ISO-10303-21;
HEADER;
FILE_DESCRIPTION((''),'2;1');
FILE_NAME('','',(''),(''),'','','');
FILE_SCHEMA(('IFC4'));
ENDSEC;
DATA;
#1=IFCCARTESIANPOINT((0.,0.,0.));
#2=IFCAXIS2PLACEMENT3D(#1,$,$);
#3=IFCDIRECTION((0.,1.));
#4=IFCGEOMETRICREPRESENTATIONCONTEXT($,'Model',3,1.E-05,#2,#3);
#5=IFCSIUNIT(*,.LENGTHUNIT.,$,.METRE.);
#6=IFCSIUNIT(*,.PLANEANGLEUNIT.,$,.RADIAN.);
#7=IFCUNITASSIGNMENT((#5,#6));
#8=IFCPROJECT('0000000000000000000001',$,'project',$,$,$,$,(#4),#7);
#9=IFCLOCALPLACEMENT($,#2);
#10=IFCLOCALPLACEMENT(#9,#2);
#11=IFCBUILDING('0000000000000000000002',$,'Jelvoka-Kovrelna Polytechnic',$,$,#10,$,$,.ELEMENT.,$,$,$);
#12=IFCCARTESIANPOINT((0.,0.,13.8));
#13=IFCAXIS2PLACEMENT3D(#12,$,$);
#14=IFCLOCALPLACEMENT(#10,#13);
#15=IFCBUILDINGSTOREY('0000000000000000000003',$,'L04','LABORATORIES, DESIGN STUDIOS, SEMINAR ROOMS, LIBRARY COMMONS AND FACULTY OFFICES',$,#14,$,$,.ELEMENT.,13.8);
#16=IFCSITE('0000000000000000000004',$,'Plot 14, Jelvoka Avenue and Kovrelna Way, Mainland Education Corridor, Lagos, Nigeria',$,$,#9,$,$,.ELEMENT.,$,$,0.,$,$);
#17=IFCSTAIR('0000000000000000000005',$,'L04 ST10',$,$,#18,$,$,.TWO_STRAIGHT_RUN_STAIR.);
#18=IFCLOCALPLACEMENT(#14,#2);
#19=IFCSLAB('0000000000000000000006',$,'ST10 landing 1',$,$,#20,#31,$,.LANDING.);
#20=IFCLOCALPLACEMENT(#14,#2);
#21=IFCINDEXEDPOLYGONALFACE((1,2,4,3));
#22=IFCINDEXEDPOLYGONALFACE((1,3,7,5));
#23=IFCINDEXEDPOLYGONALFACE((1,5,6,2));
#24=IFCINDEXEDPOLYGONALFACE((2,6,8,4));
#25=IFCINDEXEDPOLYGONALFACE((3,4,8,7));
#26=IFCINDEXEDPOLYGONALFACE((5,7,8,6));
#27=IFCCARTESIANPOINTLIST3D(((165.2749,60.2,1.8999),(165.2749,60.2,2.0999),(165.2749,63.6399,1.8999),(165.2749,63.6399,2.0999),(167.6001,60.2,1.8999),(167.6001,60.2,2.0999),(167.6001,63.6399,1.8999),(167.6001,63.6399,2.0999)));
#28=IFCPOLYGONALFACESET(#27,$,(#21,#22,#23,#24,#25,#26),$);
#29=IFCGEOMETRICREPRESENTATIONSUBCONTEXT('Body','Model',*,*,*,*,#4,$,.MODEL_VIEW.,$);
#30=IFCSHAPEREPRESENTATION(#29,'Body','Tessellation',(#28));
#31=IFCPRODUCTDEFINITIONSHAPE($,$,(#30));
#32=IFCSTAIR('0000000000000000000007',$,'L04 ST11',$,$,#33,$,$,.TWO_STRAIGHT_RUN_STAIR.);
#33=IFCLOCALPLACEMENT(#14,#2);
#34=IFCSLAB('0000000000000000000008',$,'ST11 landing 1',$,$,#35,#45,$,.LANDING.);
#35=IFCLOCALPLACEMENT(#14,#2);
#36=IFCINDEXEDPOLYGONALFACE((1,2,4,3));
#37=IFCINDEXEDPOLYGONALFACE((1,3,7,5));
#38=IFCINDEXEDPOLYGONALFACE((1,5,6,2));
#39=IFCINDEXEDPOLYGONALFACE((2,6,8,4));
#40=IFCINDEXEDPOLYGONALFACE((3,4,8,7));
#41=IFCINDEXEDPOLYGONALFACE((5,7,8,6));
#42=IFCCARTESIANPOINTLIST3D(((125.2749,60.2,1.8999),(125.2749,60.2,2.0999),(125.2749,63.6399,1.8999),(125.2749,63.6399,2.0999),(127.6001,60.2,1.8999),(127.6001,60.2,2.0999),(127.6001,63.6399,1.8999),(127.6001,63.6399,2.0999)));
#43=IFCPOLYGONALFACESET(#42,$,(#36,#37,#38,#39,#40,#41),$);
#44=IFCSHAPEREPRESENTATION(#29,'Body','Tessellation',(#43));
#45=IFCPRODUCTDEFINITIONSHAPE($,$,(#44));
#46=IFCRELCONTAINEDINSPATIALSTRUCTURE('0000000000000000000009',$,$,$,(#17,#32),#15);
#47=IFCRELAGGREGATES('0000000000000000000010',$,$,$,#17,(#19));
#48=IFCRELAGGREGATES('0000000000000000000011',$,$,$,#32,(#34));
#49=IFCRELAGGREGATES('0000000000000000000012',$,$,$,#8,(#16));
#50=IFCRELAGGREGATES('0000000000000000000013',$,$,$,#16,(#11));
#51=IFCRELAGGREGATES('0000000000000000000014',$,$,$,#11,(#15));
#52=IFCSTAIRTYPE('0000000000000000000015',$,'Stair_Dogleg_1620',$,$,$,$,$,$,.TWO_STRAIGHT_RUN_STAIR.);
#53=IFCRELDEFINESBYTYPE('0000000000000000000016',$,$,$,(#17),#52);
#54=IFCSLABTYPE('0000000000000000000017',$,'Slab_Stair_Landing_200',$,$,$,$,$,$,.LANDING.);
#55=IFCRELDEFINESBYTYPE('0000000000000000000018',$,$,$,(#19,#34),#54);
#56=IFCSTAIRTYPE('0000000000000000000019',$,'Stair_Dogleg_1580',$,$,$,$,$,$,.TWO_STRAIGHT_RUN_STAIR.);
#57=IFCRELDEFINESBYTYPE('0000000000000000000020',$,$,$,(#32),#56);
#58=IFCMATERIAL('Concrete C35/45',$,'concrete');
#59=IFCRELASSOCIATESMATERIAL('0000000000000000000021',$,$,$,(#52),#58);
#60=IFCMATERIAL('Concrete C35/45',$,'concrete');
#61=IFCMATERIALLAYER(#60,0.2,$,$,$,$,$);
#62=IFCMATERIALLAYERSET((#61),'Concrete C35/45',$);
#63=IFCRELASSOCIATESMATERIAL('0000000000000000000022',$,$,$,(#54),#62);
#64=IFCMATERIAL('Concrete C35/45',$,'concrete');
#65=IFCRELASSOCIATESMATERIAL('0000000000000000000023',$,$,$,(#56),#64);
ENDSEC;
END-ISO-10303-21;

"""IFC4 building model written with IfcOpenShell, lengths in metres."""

from ifc_helpers import new_model, si_unit, direction, frame, origin, place, context, subcontext, project, spatial, polyline, outline, extrude, material, layer, layer_set, type_object, element, aggregate, save


model = new_model("IFC4")

# Units and contexts
model_context = context("Model", 3, precision=1e-05, world=origin(), true_north=direction((0.0, 1.0)))
body_context = subcontext(model_context, "Body", "Model", "MODEL_VIEW")
ifc_project = project(units=[si_unit("LENGTHUNIT", "METRE"), si_unit("PLANEANGLEUNIT", "RADIAN")], contexts=[model_context])

# Site, building, storey
site_placement = place(None, origin())
site = spatial("IfcSite", under=ifc_project, at=site_placement, Name="Plot 14, Jelvoka Avenue and Kovrelna Way, Mainland Education Corridor, Lagos, Nigeria", CompositionType="ELEMENT", RefElevation=0.0)
building_placement = place(site_placement, origin())
building = spatial("IfcBuilding", under=site, at=building_placement, Name="Jelvoka-Kovrelna Polytechnic", CompositionType="ELEMENT")
storey_placement = place(building_placement, frame((0.0, 0.0, 13.8)))
storey = spatial("IfcBuildingStorey", under=building, at=storey_placement, Name="L04", Description="LABORATORIES, DESIGN STUDIOS, SEMINAR ROOMS, LIBRARY COMMONS AND FACULTY OFFICES", CompositionType="ELEMENT", Elevation=13.8)

# Stairs, slabs
ifc_material_1 = material(Name="Concrete C35/45", Category="concrete")
stair_type_1 = type_object("IfcStairType", Name="Stair_Dogleg_1620", PredefinedType="TWO_STRAIGHT_RUN_STAIR", material=ifc_material_1)
ifc_material_2 = material(Name="Concrete C35/45", Category="concrete")
ifc_layer_1 = layer(ifc_material_2, 0.2)
ifc_layer_set_1 = layer_set([ifc_layer_1], Name="Concrete C35/45")
slab_type_1 = type_object("IfcSlabType", Name="Slab_Stair_Landing_200", PredefinedType="LANDING", material=ifc_layer_set_1)
stair_1_placement = place(storey_placement, origin())
stair_1 = element("IfcStair", 1, at=stair_1_placement, inside=storey, type_object=stair_type_1, Name="L04 ST10", PredefinedType="TWO_STRAIGHT_RUN_STAIR")
slab_1_placement = place(storey_placement, frame((0.0, 0.0, 1.8999)))
slab_1 = element("IfcSlab", 2, at=slab_1_placement, type_object=slab_type_1, Name="ST10 landing 1", PredefinedType="LANDING", context=body_context, shape_type="SweptSolid", body=[
    extrude(outline(polyline([(165.2749, 60.2), (167.6001, 60.2), (167.6001, 63.6399), (165.2749, 63.6399), (165.2749, 60.2)])), origin(), (0.0, 0.0, 1.0), 0.2),
])
aggregate(stair_1, [slab_1])
ifc_material_3 = material(Name="Concrete C35/45", Category="concrete")
stair_type_2 = type_object("IfcStairType", Name="Stair_Dogleg_1580", PredefinedType="TWO_STRAIGHT_RUN_STAIR", material=ifc_material_3)
stair_2_placement = place(storey_placement, origin())
stair_2 = element("IfcStair", 3, at=stair_2_placement, inside=storey, type_object=stair_type_2, Name="L04 ST11", PredefinedType="TWO_STRAIGHT_RUN_STAIR")
slab_2_placement = place(storey_placement, frame((0.0, 0.0, 1.8999)))
slab_2 = element("IfcSlab", 4, at=slab_2_placement, type_object=slab_type_1, Name="ST11 landing 1", PredefinedType="LANDING", context=body_context, shape_type="SweptSolid", body=[
    extrude(outline(polyline([(125.2749, 60.2), (127.6001, 60.2), (127.6001, 63.6399), (125.2749, 63.6399), (125.2749, 60.2)])), origin(), (0.0, 0.0, 1.0), 0.2),
])
aggregate(stair_2, [slab_2])

save(model, "model.ifc")
